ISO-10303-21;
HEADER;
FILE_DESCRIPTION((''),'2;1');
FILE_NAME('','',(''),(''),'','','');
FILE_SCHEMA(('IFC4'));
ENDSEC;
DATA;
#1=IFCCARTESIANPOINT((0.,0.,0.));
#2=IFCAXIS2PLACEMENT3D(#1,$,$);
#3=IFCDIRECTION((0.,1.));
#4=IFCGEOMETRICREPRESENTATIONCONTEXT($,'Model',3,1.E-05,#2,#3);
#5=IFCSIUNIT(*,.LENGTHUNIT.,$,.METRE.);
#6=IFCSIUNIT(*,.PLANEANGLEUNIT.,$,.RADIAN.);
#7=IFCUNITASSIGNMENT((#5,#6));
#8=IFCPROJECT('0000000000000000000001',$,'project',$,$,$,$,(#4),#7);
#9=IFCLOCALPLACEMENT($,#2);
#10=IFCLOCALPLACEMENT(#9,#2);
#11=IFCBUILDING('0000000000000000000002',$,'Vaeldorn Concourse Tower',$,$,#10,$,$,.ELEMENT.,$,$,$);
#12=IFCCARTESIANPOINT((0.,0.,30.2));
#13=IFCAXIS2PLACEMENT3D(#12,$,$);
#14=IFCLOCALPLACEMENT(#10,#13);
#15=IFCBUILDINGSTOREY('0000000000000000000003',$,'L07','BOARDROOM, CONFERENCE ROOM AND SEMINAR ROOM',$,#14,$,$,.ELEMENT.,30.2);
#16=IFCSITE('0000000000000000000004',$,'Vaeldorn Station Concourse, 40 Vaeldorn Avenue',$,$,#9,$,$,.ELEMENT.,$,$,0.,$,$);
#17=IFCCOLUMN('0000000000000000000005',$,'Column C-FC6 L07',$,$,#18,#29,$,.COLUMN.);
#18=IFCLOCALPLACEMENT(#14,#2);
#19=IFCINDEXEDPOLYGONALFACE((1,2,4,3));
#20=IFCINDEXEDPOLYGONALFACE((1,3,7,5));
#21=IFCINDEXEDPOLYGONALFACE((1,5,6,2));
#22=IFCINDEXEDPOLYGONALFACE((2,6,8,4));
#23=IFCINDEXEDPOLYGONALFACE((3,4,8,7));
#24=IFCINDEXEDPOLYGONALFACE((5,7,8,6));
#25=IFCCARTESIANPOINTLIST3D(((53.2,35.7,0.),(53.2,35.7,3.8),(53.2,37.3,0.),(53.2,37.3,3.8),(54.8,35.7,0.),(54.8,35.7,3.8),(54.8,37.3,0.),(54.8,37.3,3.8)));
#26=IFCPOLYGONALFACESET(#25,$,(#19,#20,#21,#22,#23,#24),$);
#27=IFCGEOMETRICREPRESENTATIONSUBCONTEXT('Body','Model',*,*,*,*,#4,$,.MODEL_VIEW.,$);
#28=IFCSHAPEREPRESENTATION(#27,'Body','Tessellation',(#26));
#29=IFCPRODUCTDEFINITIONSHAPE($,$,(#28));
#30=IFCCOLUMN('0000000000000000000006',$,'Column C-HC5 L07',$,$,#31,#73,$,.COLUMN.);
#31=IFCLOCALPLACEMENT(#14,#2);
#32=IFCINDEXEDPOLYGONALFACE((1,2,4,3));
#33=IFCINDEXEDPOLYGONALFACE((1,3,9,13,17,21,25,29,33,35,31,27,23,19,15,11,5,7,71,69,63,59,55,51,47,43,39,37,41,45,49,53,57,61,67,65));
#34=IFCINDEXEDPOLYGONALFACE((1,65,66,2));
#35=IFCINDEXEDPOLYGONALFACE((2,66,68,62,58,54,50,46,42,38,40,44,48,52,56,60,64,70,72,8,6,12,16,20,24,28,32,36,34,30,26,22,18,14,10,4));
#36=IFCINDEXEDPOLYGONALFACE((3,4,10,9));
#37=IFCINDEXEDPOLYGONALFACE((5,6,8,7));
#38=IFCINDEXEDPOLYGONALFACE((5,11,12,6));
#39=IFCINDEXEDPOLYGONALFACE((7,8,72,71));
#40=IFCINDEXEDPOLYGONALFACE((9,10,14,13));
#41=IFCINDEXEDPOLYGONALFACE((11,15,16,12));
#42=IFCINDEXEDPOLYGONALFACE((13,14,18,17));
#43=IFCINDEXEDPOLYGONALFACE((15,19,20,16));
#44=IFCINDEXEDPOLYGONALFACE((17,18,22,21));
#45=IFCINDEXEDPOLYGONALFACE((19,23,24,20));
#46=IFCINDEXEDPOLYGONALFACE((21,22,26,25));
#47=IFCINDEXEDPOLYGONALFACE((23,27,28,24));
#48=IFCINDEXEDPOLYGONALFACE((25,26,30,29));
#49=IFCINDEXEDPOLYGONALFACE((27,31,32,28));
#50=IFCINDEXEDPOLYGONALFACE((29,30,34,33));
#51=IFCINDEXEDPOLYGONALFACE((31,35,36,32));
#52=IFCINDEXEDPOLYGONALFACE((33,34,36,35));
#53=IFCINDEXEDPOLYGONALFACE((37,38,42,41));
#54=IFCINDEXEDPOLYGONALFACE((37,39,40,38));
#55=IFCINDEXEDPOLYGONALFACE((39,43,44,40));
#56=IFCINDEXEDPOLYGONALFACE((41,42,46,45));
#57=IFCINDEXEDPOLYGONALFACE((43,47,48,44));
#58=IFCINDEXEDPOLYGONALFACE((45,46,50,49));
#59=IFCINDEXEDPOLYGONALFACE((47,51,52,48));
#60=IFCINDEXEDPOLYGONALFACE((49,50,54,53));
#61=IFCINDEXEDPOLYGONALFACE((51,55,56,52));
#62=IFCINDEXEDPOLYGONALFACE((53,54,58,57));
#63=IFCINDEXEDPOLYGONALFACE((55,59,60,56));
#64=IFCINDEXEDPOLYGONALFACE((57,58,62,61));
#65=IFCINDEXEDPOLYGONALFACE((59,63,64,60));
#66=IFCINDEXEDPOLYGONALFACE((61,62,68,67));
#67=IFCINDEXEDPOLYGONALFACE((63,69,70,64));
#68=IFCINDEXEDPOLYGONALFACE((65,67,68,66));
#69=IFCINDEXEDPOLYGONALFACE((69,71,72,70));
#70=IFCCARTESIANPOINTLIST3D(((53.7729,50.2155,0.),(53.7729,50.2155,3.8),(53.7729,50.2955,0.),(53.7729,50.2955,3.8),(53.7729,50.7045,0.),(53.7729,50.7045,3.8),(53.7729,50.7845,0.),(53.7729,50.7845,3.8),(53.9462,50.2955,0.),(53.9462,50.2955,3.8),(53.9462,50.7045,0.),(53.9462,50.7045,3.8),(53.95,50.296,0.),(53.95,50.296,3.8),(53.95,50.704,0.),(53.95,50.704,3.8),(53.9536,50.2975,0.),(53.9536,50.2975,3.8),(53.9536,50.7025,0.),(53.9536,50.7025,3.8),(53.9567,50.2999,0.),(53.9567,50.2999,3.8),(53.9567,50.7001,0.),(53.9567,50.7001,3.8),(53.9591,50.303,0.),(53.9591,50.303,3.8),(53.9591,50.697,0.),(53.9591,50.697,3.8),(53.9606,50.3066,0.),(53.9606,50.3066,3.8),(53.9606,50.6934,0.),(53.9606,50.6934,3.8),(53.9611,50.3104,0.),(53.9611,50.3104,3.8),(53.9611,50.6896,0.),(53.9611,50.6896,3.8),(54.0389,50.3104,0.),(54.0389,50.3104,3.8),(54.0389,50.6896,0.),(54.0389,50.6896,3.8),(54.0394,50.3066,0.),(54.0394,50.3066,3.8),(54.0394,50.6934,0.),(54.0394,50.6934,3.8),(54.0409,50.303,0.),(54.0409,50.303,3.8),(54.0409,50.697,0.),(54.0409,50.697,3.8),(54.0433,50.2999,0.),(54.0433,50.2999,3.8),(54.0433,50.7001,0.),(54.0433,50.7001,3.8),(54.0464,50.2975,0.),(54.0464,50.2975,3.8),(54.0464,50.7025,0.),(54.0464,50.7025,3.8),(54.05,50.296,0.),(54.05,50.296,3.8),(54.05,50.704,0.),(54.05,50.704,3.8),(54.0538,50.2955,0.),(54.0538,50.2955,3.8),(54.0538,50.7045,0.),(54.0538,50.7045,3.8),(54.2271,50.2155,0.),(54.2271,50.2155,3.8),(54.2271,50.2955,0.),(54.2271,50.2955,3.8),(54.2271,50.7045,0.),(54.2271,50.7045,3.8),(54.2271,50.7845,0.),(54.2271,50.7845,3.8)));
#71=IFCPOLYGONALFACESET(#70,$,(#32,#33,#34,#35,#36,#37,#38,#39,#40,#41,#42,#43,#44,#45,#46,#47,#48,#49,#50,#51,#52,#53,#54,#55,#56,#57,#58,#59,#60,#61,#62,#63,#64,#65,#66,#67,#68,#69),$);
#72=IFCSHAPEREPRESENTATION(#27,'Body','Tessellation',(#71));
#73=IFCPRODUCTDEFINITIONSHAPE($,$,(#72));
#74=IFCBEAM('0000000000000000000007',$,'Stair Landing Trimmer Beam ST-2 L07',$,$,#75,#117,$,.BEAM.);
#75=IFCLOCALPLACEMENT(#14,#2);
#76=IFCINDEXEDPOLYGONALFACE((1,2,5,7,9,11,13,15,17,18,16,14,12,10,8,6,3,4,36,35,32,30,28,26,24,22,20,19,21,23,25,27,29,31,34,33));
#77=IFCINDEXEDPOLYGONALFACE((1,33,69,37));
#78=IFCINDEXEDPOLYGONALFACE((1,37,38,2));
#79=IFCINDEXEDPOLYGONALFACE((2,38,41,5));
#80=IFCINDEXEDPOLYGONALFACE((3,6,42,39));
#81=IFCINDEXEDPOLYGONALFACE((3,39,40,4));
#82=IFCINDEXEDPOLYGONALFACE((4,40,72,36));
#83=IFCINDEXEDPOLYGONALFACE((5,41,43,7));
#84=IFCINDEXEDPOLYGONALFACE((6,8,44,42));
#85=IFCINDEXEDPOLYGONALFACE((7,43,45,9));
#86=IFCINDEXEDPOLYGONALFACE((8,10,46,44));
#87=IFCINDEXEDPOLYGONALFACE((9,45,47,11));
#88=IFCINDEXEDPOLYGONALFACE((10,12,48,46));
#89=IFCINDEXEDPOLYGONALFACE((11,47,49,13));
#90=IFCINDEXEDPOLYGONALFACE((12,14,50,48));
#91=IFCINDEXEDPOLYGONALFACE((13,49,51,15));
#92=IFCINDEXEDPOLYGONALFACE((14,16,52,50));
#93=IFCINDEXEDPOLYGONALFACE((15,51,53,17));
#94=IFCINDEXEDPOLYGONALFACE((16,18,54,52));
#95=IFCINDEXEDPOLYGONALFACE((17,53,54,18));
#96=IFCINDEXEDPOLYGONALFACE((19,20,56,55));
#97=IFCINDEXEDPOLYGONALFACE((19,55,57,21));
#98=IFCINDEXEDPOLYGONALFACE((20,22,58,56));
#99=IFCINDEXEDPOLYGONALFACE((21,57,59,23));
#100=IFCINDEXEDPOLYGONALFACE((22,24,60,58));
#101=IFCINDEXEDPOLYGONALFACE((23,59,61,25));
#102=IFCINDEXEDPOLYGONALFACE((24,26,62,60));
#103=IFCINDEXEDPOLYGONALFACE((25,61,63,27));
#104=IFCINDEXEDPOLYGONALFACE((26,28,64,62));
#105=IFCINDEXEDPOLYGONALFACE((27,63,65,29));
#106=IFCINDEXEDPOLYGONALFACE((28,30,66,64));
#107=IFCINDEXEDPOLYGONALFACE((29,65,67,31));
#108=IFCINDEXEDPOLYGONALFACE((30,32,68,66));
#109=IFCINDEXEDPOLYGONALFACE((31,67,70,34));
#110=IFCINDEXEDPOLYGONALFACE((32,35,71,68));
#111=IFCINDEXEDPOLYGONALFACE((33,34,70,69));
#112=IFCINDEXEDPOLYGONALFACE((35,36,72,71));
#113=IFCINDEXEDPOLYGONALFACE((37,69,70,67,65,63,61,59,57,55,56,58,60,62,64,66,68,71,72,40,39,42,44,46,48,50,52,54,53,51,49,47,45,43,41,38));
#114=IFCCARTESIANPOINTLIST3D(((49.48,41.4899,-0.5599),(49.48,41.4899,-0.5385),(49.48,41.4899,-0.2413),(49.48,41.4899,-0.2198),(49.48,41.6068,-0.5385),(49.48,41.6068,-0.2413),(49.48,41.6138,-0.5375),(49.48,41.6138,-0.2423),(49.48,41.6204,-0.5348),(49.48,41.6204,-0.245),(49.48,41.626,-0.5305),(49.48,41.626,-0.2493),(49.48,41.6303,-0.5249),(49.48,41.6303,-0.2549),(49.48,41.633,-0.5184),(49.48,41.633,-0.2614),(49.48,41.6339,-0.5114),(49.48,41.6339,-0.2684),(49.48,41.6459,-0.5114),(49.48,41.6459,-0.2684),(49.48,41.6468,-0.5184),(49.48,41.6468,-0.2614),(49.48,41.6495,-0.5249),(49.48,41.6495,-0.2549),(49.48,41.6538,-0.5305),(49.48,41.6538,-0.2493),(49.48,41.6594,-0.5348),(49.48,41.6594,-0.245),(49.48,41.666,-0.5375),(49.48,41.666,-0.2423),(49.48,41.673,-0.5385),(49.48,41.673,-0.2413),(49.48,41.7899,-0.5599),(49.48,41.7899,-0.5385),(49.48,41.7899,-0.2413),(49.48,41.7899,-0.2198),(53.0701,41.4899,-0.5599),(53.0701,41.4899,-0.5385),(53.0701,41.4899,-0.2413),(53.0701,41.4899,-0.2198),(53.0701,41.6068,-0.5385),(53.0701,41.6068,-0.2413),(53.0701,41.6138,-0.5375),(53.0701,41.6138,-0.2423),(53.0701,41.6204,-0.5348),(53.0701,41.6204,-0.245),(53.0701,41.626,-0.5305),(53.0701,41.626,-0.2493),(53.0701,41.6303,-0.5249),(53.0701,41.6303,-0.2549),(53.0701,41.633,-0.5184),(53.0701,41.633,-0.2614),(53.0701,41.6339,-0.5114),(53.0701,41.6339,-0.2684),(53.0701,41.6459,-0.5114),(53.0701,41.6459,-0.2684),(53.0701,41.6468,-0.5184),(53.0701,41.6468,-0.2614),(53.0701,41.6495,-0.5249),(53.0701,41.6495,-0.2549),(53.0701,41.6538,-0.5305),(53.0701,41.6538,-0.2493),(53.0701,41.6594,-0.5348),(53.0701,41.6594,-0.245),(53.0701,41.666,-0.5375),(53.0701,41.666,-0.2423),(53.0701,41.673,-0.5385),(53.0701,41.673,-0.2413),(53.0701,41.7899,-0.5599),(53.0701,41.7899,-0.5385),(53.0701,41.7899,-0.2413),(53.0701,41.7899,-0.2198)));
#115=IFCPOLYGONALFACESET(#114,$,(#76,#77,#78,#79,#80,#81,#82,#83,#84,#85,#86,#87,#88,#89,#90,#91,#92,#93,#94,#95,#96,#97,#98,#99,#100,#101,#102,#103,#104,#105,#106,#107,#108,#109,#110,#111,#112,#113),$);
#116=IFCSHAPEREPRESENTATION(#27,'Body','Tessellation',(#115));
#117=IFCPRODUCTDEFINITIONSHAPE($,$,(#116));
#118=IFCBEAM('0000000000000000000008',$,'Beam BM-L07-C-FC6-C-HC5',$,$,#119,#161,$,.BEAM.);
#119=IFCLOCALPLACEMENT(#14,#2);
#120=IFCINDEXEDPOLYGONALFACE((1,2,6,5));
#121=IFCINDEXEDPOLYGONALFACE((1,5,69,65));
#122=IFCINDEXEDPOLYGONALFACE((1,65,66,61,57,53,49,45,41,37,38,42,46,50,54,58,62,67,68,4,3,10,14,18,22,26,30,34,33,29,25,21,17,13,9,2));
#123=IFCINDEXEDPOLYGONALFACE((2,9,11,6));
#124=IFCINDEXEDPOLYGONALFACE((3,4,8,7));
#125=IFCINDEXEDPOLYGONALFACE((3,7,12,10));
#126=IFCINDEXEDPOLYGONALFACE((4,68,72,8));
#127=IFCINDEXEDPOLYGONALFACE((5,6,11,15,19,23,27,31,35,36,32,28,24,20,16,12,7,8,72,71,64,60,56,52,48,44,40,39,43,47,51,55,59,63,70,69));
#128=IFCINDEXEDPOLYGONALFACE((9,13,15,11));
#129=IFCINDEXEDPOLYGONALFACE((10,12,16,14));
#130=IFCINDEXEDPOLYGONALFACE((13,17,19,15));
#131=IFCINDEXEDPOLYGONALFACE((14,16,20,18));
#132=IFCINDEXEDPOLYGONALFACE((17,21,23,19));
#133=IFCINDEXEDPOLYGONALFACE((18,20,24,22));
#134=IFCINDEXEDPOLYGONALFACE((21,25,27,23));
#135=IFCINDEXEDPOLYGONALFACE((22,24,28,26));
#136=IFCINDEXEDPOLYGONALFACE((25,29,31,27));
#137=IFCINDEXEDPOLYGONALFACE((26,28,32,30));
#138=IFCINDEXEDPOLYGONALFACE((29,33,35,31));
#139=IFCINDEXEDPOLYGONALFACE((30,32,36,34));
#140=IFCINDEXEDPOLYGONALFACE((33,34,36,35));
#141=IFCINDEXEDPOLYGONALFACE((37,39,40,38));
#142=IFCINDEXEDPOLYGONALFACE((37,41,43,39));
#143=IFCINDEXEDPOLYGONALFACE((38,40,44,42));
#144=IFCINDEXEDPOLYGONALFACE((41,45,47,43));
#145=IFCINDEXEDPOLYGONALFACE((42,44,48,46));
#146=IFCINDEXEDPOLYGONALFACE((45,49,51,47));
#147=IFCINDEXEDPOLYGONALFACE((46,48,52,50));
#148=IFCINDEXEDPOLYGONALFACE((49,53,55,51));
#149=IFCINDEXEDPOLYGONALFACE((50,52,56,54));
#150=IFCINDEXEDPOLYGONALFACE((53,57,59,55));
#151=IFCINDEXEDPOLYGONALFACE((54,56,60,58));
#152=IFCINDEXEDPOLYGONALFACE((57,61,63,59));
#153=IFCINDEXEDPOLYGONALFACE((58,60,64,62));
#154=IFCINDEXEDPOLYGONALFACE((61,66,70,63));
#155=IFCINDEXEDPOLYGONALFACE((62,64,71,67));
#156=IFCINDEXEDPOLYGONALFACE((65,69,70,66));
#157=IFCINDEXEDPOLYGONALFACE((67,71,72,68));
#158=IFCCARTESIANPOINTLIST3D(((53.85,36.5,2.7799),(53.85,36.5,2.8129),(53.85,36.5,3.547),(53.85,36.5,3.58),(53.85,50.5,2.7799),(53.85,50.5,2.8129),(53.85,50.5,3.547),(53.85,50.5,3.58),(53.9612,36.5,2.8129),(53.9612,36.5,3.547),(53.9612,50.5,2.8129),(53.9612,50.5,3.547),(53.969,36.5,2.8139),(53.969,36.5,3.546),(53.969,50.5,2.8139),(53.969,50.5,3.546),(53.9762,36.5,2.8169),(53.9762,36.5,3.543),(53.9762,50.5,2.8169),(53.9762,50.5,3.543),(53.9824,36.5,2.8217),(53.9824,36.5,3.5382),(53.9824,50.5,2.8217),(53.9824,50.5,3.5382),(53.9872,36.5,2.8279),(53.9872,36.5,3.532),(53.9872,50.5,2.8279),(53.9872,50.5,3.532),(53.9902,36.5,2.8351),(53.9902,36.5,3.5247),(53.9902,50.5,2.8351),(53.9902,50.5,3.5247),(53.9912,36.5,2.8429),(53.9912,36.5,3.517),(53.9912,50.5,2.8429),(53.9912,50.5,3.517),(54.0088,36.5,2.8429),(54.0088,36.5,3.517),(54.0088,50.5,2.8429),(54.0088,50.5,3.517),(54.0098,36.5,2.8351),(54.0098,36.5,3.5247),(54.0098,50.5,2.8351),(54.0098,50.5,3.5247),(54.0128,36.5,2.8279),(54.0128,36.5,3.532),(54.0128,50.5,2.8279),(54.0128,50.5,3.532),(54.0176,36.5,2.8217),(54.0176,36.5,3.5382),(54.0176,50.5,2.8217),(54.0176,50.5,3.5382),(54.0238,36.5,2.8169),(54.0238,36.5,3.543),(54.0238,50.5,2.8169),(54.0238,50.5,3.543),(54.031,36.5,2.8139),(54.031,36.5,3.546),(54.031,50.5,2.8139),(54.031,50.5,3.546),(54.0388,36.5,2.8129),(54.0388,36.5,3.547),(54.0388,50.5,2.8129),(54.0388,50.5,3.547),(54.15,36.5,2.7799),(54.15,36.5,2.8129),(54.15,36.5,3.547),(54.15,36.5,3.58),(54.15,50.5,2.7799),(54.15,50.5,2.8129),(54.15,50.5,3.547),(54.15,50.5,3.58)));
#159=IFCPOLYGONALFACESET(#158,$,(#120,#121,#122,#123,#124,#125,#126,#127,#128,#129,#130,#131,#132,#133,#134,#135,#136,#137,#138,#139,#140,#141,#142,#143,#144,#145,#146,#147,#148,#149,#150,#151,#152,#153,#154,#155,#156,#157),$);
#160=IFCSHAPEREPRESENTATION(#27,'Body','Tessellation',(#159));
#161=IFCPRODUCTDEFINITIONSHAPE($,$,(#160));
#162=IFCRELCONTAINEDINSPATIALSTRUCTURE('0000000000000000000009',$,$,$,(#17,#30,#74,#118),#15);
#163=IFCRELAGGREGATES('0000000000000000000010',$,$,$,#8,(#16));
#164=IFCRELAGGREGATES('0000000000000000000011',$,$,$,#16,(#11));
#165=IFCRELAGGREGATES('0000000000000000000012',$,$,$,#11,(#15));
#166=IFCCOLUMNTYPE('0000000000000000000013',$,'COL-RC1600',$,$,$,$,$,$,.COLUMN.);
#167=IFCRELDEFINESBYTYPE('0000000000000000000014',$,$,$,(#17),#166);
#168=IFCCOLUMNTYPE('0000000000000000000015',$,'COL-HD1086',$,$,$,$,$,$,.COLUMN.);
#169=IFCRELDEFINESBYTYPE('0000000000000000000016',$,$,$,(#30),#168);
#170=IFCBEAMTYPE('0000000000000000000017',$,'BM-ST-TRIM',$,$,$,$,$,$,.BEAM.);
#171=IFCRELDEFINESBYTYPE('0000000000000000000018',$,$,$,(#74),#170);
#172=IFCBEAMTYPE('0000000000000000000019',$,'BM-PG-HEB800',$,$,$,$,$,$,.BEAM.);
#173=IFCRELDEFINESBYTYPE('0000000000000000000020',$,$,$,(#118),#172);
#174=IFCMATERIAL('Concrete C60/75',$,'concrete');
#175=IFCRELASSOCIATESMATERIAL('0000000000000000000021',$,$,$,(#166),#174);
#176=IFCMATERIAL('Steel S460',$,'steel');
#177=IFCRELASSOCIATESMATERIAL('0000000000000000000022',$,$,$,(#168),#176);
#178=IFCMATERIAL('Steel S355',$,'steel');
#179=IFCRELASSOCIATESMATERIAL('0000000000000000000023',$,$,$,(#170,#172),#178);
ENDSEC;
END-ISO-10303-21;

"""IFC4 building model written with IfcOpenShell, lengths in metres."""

from ifc_helpers import new_model, si_unit, direction, frame, origin, origin_2d, place, context, subcontext, project, spatial, rectangle, i_section, extrude, source, transform, mapped, material, material_profile, profile_set, type_object, element, save


model = new_model("IFC4")

# Units and contexts
model_context = context("Model", 3, precision=1e-05, world=origin(), true_north=direction((0.0, 1.0)))
body_context = subcontext(model_context, "Body", "Model", "MODEL_VIEW")
ifc_project = project(units=[si_unit("LENGTHUNIT", "METRE"), si_unit("PLANEANGLEUNIT", "RADIAN")], contexts=[model_context])

# Site, building, storey
site_placement = place(None, origin())
site = spatial("IfcSite", under=ifc_project, at=site_placement, Name="Vaeldorn Station Concourse, 40 Vaeldorn Avenue", CompositionType="ELEMENT", RefElevation=0.0)
building_placement = place(site_placement, origin())
building = spatial("IfcBuilding", under=site, at=building_placement, Name="Vaeldorn Concourse Tower", CompositionType="ELEMENT")
storey_placement = place(building_placement, frame((0.0, 0.0, 30.2)))
storey = spatial("IfcBuildingStorey", under=building, at=storey_placement, Name="L07", Description="BOARDROOM, CONFERENCE ROOM AND SEMINAR ROOM", CompositionType="ELEMENT", Elevation=30.2)

# Columns
ifc_material_1 = material(Name="Concrete C60/75", Category="concrete")
ifc_material_profile_1 = material_profile(ifc_material_1, rectangle(XDim=1.6001, YDim=1.6001, at=origin_2d()), Name="RC 1600x1600")
ifc_profile_set_1 = profile_set([ifc_material_profile_1], Name="Concrete C60/75")
column_type_1 = type_object("IfcColumnType", Name="COL-RC1600", PredefinedType="COLUMN", material=ifc_profile_set_1)
shared_shape_1 = source(origin(), body_context, "Body", "SweptSolid", [
    extrude(rectangle(XDim=1.6001, YDim=1.6001, at=origin_2d()), origin(), (0.0, 0.0, 1.0), 3.8),
])
column_1_placement = place(storey_placement, frame((54.0, 36.5, 0.0), z_axis=(0.0, 0.0, 1.0), x_axis=(1.0, 0.0, 0.0)))
element("IfcColumn", 1, at=column_1_placement, inside=storey, type_object=column_type_1, Name="Column C-FC6 L07", PredefinedType="COLUMN", context=body_context, shape_type="MappedRepresentation", body=[
    mapped(shared_shape_1, transform((0.0, 0.0, 0.0), scale=1.0)),
])
ifc_material_2 = material(Name="Steel S460", Category="steel")
ifc_material_profile_2 = material_profile(ifc_material_2, i_section(OverallWidth=0.4541, OverallDepth=0.5691, WebThickness=0.0779, FlangeThickness=0.0801, FilletRadius=0.0149, at=origin_2d()), Name="HD 400x1086")
ifc_profile_set_2 = profile_set([ifc_material_profile_2], Name="Steel S460")
column_type_2 = type_object("IfcColumnType", Name="COL-HD1086", PredefinedType="COLUMN", material=ifc_profile_set_2)
shared_shape_2 = source(origin(), body_context, "Body", "SweptSolid", [
    extrude(i_section(OverallWidth=0.4541, OverallDepth=0.5691, WebThickness=0.0779, FlangeThickness=0.0801, FilletRadius=0.0149, at=origin_2d()), origin(), (0.0, 0.0, 1.0), 3.8),
])
column_2_placement = place(storey_placement, frame((54.0, 50.5, 0.0), z_axis=(0.0, 0.0, 1.0), x_axis=(1.0, 0.0, 0.0)))
element("IfcColumn", 2, at=column_2_placement, inside=storey, type_object=column_type_2, Name="Column C-HC5 L07", PredefinedType="COLUMN", context=body_context, shape_type="MappedRepresentation", body=[
    mapped(shared_shape_2, transform((0.0, 0.0, 0.0), scale=1.0)),
])

# Beams
ifc_material_3 = material(Name="Steel S355", Category="steel")
ifc_material_profile_3 = material_profile(ifc_material_3, i_section(OverallWidth=0.3, OverallDepth=0.3401, WebThickness=0.012, FlangeThickness=0.0215, FilletRadius=0.0271, at=origin_2d()), Name="HEB 340")
ifc_profile_set_3 = profile_set([ifc_material_profile_3], Name="Steel S355")
beam_type_1 = type_object("IfcBeamType", Name="BM-ST-TRIM", PredefinedType="BEAM", material=ifc_profile_set_3)
shared_shape_3 = source(origin(), body_context, "Body", "SweptSolid", [
    extrude(i_section(OverallWidth=0.3, OverallDepth=0.3401, WebThickness=0.012, FlangeThickness=0.0215, FilletRadius=0.0271, at=origin_2d()), origin(), (0.0, 0.0, 1.0), 3.5901),
])
beam_1_placement = place(storey_placement, frame((49.48, 41.6399, -0.3899), z_axis=(1.0, 0.0, 0.0), x_axis=(0.0, 1.0, 0.0)))
element("IfcBeam", 3, at=beam_1_placement, inside=storey, type_object=beam_type_1, Name="Stair Landing Trimmer Beam ST-2 L07", PredefinedType="BEAM", context=body_context, shape_type="MappedRepresentation", body=[
    mapped(shared_shape_3, transform((0.0, 0.0, 0.0), scale=1.0)),
])
ifc_material_profile_4 = material_profile(ifc_material_3, i_section(OverallWidth=0.3, OverallDepth=0.8, WebThickness=0.0176, FlangeThickness=0.033, FilletRadius=0.03, at=origin_2d()), Name="HEB 800")
ifc_profile_set_4 = profile_set([ifc_material_profile_4], Name="Steel S355")
beam_type_2 = type_object("IfcBeamType", Name="BM-PG-HEB800", PredefinedType="BEAM", material=ifc_profile_set_4)
shared_shape_4 = source(origin(), body_context, "Body", "SweptSolid", [
    extrude(i_section(OverallWidth=0.3, OverallDepth=0.8, WebThickness=0.0176, FlangeThickness=0.033, FilletRadius=0.03, at=origin_2d()), origin(), (0.0, 0.0, 1.0), 14.0),
])
beam_2_placement = place(storey_placement, frame((54.0, 36.5, 3.1799), z_axis=(0.0, 1.0, 0.0), x_axis=(-1.0, 0.0, 0.0)))
element("IfcBeam", 4, at=beam_2_placement, inside=storey, type_object=beam_type_2, Name="Beam BM-L07-C-FC6-C-HC5", PredefinedType="BEAM", context=body_context, shape_type="MappedRepresentation", body=[
    mapped(shared_shape_4, transform((0.0, 0.0, 0.0), scale=1.0)),
])

save(model, "model.ifc")
